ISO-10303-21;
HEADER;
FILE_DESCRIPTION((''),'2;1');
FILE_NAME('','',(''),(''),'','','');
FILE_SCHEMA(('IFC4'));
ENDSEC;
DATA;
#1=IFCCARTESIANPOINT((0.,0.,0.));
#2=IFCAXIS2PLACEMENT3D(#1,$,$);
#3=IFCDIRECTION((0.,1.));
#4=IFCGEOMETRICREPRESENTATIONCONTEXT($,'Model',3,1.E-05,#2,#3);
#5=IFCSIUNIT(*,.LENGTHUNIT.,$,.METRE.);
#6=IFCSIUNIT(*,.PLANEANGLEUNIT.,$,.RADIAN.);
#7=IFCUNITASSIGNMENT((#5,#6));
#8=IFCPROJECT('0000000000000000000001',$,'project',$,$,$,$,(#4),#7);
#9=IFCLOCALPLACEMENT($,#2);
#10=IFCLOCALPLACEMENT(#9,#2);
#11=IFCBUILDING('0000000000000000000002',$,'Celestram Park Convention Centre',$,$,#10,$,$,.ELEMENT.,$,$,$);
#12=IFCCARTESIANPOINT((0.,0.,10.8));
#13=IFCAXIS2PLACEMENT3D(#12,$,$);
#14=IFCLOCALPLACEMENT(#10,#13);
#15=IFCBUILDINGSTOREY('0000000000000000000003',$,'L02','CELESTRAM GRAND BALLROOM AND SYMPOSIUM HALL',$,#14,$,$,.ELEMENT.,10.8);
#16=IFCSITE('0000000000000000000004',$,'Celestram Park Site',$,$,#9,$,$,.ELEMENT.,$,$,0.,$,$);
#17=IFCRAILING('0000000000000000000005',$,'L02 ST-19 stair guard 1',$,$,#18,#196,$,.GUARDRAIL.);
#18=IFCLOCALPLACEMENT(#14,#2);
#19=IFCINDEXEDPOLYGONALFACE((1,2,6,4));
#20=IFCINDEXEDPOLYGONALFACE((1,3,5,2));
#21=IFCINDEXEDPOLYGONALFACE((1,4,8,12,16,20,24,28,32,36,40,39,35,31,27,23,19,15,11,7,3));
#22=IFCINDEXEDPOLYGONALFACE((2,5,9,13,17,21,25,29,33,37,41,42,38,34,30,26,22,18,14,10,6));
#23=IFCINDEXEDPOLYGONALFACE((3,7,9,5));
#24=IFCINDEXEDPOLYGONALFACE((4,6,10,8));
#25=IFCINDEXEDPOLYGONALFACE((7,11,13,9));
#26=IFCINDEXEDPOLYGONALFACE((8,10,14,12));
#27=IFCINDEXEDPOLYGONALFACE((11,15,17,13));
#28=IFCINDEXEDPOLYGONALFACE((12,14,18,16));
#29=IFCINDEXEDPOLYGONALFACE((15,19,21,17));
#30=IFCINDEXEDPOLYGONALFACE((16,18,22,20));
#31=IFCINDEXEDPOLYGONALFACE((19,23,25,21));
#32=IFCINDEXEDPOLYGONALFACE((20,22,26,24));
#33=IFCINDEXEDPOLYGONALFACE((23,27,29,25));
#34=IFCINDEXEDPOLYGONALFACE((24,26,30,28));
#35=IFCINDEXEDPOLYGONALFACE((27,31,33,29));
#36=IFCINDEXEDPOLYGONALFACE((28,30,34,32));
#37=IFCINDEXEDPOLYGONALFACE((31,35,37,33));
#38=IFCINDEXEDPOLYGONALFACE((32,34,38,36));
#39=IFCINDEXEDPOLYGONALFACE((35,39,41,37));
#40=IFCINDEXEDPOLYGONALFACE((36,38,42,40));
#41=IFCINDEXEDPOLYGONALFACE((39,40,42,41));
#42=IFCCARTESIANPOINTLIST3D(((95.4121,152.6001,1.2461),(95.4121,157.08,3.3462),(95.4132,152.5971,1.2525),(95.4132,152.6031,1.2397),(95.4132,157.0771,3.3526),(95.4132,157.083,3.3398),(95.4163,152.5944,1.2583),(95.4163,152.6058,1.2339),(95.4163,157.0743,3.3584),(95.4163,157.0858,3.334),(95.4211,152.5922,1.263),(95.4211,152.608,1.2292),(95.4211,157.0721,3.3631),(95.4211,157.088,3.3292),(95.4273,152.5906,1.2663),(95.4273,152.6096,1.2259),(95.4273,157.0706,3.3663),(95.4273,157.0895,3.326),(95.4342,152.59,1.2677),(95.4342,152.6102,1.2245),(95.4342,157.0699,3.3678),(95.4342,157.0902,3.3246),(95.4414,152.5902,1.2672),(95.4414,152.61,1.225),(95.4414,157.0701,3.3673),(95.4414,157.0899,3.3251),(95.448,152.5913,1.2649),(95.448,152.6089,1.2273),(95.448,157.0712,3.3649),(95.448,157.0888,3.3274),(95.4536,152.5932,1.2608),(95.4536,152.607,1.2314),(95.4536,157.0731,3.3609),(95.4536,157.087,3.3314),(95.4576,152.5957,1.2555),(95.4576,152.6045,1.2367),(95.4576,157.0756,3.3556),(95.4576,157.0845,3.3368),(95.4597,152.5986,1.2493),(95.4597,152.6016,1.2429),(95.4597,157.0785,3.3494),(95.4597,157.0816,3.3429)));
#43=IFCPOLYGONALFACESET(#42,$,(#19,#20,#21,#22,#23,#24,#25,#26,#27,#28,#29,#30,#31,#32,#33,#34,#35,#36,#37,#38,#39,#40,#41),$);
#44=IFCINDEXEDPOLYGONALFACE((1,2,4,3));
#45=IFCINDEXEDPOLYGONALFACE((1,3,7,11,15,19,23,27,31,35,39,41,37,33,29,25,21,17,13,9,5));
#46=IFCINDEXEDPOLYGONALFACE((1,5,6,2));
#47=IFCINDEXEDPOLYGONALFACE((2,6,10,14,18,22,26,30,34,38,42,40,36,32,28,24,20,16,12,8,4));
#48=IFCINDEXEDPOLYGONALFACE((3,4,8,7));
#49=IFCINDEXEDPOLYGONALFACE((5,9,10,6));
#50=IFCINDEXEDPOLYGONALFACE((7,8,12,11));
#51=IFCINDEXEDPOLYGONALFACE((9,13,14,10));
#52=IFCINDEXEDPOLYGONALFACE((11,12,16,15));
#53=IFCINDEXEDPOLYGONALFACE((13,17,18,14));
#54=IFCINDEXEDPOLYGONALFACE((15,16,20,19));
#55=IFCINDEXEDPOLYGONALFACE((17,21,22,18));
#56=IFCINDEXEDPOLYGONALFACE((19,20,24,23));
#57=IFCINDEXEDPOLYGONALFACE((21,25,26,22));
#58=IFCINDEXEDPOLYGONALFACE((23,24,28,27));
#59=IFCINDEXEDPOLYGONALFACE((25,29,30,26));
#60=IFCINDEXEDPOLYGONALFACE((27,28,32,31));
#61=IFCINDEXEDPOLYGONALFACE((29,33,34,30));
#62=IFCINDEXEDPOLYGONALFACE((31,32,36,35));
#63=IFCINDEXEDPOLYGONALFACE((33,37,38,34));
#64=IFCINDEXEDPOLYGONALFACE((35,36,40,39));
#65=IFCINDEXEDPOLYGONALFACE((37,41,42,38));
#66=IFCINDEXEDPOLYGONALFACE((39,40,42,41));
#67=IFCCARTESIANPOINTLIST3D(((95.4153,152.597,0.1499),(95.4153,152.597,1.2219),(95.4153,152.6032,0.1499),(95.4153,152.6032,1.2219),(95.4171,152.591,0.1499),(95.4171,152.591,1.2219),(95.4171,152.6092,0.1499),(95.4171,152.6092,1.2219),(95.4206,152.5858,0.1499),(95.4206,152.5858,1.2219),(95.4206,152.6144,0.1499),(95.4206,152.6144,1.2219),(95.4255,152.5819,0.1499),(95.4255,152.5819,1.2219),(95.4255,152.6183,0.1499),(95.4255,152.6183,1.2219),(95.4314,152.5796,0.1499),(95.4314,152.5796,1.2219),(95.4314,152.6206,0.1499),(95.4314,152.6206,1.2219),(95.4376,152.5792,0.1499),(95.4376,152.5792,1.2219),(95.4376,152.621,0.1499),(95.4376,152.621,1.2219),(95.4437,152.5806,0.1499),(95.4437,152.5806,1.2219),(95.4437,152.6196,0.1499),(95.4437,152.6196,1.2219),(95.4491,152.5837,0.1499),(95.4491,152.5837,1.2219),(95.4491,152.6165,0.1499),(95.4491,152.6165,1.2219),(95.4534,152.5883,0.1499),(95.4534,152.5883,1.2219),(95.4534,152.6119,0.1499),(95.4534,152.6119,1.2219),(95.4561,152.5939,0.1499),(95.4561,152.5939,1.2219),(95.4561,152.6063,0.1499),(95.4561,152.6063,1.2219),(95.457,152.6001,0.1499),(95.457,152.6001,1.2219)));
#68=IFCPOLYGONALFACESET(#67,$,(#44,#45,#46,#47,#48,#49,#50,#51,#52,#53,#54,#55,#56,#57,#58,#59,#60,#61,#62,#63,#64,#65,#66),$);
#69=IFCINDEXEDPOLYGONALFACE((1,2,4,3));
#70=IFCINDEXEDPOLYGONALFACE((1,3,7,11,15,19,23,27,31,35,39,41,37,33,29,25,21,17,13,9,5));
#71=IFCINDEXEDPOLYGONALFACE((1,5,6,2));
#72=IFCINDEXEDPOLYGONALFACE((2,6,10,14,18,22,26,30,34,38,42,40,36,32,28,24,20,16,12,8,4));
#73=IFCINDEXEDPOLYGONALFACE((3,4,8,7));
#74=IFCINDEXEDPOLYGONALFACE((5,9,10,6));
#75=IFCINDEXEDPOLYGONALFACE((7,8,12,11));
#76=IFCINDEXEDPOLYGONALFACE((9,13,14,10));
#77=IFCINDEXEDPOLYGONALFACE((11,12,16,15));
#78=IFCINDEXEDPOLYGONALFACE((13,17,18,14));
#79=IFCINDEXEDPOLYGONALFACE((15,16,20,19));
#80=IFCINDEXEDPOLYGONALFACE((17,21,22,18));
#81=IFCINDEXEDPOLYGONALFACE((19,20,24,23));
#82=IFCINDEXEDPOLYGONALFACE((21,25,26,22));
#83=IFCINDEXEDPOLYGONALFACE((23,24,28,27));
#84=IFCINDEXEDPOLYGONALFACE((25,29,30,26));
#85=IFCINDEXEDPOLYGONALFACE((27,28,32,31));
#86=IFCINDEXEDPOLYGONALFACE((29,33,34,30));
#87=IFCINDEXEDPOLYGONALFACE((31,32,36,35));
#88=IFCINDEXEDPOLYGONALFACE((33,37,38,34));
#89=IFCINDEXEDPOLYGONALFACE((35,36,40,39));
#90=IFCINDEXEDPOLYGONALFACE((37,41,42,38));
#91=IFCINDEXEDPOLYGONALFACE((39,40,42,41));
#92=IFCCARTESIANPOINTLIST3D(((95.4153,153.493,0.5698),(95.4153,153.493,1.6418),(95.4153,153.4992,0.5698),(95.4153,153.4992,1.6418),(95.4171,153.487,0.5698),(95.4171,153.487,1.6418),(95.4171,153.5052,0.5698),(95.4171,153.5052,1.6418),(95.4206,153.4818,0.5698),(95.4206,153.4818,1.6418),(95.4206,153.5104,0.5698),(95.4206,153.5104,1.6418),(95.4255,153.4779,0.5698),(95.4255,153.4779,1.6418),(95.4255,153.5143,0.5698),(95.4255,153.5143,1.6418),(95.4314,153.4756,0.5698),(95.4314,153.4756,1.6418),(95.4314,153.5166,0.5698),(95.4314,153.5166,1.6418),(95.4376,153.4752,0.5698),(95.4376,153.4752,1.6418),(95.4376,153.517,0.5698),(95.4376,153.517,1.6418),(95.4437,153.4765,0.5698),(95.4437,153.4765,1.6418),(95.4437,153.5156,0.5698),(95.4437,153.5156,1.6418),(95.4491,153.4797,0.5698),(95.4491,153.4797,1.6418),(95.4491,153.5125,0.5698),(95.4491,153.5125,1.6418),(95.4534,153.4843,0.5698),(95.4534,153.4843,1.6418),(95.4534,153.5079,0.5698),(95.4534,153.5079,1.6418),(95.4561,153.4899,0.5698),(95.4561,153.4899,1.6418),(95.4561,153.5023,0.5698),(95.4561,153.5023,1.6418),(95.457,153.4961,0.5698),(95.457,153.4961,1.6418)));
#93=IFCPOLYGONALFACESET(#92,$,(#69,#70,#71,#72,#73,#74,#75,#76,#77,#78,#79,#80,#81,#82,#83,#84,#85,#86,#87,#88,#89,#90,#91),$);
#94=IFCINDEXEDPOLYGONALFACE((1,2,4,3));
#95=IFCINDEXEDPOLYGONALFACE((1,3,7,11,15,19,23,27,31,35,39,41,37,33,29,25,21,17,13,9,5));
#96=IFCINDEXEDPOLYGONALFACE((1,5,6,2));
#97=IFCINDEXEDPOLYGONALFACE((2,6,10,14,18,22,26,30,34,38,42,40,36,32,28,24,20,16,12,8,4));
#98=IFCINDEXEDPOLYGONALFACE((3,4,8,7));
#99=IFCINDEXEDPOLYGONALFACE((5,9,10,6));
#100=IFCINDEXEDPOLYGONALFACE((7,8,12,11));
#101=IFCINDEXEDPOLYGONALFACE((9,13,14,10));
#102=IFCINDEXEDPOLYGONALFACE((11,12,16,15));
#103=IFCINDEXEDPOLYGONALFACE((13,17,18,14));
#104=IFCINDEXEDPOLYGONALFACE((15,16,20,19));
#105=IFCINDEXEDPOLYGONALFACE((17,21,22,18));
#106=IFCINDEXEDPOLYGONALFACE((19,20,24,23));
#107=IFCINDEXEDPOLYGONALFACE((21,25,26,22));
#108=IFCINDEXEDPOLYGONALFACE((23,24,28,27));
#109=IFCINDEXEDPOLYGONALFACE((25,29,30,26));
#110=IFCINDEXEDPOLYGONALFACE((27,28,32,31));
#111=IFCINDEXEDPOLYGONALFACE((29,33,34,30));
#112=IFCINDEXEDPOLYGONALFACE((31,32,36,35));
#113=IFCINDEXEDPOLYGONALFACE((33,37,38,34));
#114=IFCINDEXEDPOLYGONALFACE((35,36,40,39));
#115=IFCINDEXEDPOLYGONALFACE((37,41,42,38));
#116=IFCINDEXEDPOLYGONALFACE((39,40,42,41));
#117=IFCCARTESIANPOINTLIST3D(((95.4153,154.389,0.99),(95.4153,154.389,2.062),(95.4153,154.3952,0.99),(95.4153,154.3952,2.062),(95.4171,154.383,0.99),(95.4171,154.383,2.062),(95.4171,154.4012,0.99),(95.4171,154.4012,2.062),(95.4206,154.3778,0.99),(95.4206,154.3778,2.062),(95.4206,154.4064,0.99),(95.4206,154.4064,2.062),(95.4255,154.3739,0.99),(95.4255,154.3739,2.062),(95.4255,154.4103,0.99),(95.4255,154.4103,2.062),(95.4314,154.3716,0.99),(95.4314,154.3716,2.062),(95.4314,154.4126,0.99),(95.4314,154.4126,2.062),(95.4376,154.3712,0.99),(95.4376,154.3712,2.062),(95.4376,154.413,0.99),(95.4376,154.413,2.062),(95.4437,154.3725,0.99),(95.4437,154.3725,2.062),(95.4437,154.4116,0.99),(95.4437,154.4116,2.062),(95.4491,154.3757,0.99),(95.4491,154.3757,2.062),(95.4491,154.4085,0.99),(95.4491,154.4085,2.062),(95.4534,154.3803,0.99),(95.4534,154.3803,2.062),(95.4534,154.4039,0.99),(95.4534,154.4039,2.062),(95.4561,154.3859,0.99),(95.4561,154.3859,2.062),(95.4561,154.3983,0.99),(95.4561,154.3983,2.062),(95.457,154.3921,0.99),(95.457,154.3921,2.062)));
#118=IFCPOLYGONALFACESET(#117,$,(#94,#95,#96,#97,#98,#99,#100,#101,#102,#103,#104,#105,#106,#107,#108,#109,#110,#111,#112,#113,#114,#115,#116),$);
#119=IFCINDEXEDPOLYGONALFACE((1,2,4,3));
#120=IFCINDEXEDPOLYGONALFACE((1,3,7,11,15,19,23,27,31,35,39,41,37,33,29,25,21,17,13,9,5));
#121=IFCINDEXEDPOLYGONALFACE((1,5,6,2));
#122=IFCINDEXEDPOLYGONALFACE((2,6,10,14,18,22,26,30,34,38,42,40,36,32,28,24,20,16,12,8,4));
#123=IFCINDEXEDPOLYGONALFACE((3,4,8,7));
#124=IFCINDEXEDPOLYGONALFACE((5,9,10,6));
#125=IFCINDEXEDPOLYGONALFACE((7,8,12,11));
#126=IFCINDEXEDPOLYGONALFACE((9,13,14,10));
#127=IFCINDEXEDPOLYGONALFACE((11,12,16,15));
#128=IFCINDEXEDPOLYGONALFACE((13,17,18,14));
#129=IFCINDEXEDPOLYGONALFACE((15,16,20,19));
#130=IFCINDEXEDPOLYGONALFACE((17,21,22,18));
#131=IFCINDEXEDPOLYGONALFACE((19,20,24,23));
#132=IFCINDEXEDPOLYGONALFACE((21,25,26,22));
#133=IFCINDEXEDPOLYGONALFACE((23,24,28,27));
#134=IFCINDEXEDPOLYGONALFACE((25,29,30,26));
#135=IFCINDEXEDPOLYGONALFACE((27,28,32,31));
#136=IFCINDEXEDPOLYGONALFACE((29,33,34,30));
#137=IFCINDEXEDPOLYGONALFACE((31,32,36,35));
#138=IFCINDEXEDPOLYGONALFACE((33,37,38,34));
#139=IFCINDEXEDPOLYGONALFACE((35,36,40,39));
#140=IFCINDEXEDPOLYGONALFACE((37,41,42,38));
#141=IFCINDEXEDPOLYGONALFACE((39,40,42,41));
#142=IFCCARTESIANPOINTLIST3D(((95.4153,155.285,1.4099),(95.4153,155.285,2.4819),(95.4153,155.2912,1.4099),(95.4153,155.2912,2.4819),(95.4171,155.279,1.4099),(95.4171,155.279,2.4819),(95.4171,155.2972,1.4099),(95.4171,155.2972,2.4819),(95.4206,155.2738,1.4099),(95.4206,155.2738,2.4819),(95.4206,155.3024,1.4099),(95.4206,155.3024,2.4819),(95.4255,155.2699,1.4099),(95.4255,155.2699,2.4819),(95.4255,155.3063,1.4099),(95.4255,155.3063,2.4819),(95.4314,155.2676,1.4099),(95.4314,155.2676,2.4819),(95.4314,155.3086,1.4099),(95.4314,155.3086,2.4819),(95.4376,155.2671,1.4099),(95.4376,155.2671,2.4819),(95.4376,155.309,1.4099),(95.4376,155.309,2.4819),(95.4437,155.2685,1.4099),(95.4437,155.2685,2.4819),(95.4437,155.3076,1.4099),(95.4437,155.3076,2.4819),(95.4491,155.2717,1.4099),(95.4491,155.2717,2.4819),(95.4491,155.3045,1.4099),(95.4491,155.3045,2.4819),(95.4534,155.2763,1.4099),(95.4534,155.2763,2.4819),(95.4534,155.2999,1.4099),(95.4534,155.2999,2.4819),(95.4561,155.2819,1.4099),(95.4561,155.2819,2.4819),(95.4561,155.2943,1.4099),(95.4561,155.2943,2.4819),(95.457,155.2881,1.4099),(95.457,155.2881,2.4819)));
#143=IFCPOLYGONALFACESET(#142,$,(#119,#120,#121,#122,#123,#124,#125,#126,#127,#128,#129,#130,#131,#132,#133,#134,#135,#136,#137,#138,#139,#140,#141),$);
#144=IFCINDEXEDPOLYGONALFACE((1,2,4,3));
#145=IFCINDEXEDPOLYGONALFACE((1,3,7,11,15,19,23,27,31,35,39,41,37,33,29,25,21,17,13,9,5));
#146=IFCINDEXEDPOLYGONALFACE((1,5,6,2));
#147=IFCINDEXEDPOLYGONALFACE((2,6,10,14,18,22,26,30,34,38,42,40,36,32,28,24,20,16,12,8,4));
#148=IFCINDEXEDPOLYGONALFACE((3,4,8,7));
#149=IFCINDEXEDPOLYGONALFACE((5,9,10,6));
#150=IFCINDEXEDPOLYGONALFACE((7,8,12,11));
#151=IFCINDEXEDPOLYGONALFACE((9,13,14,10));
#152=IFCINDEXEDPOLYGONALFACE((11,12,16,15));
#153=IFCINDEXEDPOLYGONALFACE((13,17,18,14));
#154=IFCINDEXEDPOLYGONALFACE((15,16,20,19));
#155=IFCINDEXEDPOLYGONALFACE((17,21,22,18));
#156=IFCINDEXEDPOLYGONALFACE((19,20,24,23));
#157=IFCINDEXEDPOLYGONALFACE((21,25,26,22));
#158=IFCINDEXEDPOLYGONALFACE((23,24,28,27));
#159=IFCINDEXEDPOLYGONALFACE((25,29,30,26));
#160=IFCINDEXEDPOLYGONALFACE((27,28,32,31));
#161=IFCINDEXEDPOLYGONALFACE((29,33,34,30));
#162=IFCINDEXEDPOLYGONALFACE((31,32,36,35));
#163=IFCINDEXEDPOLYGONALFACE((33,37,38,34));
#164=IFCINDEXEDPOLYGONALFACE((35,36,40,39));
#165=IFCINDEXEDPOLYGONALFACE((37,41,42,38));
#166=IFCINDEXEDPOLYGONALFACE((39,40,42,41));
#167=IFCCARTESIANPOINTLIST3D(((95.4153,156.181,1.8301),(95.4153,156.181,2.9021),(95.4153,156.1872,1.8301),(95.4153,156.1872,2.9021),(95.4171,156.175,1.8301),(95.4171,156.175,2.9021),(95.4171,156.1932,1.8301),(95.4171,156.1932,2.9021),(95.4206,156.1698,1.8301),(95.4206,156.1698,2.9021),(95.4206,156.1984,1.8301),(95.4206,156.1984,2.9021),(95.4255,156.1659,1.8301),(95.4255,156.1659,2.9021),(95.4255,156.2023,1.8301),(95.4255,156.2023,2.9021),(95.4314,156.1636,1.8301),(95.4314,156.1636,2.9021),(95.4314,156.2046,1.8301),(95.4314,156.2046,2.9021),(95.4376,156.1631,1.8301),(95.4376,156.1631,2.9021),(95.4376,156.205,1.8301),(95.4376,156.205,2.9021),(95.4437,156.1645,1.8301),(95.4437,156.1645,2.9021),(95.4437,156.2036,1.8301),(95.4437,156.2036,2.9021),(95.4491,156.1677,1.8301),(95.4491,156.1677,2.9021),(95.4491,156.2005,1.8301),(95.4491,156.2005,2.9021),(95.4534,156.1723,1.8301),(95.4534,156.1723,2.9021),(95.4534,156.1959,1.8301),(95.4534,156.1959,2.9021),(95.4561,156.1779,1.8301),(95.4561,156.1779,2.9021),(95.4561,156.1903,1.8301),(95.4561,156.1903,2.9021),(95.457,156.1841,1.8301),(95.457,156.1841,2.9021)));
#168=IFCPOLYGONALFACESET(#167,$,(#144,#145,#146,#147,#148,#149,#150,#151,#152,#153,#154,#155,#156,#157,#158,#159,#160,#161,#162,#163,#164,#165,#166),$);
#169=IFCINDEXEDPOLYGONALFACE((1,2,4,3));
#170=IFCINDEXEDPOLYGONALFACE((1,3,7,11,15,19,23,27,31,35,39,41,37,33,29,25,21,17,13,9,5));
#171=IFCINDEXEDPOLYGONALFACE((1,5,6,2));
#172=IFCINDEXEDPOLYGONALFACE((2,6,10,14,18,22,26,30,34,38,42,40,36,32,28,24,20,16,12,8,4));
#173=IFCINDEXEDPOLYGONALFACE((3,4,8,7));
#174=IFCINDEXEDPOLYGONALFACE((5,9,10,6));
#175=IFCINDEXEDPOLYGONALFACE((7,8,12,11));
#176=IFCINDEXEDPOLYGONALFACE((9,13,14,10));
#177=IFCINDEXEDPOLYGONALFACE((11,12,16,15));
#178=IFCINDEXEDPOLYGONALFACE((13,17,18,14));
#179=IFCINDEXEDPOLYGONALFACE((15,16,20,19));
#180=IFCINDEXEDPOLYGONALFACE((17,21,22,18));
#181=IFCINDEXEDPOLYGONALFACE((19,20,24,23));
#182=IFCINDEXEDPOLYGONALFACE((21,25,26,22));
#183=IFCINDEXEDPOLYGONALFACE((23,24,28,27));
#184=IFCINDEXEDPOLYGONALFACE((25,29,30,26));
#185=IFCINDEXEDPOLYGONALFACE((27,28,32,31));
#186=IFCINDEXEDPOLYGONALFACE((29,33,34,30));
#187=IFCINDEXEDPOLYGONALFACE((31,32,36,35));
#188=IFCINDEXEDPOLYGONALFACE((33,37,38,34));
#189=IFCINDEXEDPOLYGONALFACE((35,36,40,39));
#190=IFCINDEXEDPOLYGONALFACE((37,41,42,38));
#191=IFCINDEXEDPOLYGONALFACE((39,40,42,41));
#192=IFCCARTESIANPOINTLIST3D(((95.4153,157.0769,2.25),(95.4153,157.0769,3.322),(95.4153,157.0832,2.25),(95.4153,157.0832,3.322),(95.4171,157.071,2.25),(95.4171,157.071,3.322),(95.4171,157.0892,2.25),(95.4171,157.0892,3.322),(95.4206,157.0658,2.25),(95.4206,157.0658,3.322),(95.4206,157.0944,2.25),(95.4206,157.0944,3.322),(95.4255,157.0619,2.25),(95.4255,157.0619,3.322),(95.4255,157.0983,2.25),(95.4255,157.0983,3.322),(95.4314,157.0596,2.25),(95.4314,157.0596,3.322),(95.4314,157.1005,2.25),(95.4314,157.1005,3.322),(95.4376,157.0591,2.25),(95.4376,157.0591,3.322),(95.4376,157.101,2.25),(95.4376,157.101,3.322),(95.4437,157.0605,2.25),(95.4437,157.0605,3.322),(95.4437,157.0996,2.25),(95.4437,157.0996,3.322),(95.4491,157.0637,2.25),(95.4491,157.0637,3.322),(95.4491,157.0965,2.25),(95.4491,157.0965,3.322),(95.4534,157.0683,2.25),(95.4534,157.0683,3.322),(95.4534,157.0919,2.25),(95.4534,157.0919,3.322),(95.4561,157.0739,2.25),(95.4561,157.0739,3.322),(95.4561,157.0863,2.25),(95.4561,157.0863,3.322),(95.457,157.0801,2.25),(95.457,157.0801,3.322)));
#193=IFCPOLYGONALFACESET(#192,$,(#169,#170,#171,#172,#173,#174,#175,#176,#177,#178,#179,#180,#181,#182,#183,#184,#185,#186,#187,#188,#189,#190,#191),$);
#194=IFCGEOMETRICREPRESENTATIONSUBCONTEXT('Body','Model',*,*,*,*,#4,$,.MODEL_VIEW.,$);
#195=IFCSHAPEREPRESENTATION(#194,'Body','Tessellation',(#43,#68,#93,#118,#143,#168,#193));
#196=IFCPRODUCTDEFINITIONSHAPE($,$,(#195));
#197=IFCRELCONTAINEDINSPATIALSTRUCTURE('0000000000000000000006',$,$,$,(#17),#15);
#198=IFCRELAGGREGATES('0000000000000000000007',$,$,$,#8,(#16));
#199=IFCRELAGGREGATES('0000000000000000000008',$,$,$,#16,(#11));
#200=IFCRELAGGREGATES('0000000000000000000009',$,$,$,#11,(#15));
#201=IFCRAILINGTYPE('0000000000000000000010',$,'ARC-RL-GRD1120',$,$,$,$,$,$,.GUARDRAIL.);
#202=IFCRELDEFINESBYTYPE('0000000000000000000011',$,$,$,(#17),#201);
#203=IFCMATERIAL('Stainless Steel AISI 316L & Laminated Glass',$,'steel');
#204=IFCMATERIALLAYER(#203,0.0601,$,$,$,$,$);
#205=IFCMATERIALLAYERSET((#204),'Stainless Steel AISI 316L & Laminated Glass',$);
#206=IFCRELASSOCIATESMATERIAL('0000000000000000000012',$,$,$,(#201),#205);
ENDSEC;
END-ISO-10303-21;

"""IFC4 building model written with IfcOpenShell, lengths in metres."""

from ifc_helpers import new_model, si_unit, direction, frame, origin, origin_2d, place, context, subcontext, project, spatial, circle, extrude, material, layer, layer_set, type_object, element, save


model = new_model("IFC4")

# Units and contexts
model_context = context("Model", 3, precision=1e-05, world=origin(), true_north=direction((0.0, 1.0)))
body_context = subcontext(model_context, "Body", "Model", "MODEL_VIEW")
ifc_project = project(units=[si_unit("LENGTHUNIT", "METRE"), si_unit("PLANEANGLEUNIT", "RADIAN")], contexts=[model_context])

# Site, building, storey
site_placement = place(None, origin())
site = spatial("IfcSite", under=ifc_project, at=site_placement, Name="Celestram Park Site", CompositionType="ELEMENT", RefElevation=0.0)
building_placement = place(site_placement, origin())
building = spatial("IfcBuilding", under=site, at=building_placement, Name="Celestram Park Convention Centre", CompositionType="ELEMENT")
storey_placement = place(building_placement, frame((0.0, 0.0, 10.8)))
storey = spatial("IfcBuildingStorey", under=building, at=storey_placement, Name="L02", Description="CELESTRAM GRAND BALLROOM AND SYMPOSIUM HALL", CompositionType="ELEMENT", Elevation=10.8)

# Railing
ifc_material_1 = material(Name="Stainless Steel AISI 316L & Laminated Glass", Category="steel")
ifc_layer_1 = layer(ifc_material_1, 0.0601)
ifc_layer_set_1 = layer_set([ifc_layer_1], Name="Stainless Steel AISI 316L & Laminated Glass")
railing_type_1 = type_object("IfcRailingType", Name="ARC-RL-GRD1120", PredefinedType="GUARDRAIL", material=ifc_layer_set_1)
railing_1_placement = place(storey_placement, frame((95.436, 152.6001, 0.1499)))
element("IfcRailing", 1, at=railing_1_placement, inside=storey, type_object=railing_type_1, Name="L02 ST-19 stair guard 1", PredefinedType="GUARDRAIL", context=body_context, shape_type="SweptSolid", body=[
    extrude(circle(Radius=0.0239, at=origin_2d()), frame((0.0, 0.0, 1.0962), z_axis=(0.0, 0.905451, 0.424452), x_axis=(-1.0, 0.0, 0.0)), (0.0, 0.0, 1.0), 4.9478),
    extrude(circle(Radius=0.021, at=origin_2d()), origin(), (0.0, 0.0, 1.0), 1.072),
    extrude(circle(Radius=0.021, at=origin_2d()), frame((0.0, 0.896, 0.4199)), (0.0, 0.0, 1.0), 1.072),
    extrude(circle(Radius=0.021, at=origin_2d()), frame((0.0, 1.792, 0.8401)), (0.0, 0.0, 1.0), 1.072),
    extrude(circle(Radius=0.021, at=origin_2d()), frame((0.0, 2.688, 1.26)), (0.0, 0.0, 1.0), 1.072),
    extrude(circle(Radius=0.021, at=origin_2d()), frame((0.0, 3.584, 1.6802)), (0.0, 0.0, 1.0), 1.072),
    extrude(circle(Radius=0.021, at=origin_2d()), frame((0.0, 4.48, 2.1001)), (0.0, 0.0, 1.0), 1.072),
])

save(model, "model.ifc")
